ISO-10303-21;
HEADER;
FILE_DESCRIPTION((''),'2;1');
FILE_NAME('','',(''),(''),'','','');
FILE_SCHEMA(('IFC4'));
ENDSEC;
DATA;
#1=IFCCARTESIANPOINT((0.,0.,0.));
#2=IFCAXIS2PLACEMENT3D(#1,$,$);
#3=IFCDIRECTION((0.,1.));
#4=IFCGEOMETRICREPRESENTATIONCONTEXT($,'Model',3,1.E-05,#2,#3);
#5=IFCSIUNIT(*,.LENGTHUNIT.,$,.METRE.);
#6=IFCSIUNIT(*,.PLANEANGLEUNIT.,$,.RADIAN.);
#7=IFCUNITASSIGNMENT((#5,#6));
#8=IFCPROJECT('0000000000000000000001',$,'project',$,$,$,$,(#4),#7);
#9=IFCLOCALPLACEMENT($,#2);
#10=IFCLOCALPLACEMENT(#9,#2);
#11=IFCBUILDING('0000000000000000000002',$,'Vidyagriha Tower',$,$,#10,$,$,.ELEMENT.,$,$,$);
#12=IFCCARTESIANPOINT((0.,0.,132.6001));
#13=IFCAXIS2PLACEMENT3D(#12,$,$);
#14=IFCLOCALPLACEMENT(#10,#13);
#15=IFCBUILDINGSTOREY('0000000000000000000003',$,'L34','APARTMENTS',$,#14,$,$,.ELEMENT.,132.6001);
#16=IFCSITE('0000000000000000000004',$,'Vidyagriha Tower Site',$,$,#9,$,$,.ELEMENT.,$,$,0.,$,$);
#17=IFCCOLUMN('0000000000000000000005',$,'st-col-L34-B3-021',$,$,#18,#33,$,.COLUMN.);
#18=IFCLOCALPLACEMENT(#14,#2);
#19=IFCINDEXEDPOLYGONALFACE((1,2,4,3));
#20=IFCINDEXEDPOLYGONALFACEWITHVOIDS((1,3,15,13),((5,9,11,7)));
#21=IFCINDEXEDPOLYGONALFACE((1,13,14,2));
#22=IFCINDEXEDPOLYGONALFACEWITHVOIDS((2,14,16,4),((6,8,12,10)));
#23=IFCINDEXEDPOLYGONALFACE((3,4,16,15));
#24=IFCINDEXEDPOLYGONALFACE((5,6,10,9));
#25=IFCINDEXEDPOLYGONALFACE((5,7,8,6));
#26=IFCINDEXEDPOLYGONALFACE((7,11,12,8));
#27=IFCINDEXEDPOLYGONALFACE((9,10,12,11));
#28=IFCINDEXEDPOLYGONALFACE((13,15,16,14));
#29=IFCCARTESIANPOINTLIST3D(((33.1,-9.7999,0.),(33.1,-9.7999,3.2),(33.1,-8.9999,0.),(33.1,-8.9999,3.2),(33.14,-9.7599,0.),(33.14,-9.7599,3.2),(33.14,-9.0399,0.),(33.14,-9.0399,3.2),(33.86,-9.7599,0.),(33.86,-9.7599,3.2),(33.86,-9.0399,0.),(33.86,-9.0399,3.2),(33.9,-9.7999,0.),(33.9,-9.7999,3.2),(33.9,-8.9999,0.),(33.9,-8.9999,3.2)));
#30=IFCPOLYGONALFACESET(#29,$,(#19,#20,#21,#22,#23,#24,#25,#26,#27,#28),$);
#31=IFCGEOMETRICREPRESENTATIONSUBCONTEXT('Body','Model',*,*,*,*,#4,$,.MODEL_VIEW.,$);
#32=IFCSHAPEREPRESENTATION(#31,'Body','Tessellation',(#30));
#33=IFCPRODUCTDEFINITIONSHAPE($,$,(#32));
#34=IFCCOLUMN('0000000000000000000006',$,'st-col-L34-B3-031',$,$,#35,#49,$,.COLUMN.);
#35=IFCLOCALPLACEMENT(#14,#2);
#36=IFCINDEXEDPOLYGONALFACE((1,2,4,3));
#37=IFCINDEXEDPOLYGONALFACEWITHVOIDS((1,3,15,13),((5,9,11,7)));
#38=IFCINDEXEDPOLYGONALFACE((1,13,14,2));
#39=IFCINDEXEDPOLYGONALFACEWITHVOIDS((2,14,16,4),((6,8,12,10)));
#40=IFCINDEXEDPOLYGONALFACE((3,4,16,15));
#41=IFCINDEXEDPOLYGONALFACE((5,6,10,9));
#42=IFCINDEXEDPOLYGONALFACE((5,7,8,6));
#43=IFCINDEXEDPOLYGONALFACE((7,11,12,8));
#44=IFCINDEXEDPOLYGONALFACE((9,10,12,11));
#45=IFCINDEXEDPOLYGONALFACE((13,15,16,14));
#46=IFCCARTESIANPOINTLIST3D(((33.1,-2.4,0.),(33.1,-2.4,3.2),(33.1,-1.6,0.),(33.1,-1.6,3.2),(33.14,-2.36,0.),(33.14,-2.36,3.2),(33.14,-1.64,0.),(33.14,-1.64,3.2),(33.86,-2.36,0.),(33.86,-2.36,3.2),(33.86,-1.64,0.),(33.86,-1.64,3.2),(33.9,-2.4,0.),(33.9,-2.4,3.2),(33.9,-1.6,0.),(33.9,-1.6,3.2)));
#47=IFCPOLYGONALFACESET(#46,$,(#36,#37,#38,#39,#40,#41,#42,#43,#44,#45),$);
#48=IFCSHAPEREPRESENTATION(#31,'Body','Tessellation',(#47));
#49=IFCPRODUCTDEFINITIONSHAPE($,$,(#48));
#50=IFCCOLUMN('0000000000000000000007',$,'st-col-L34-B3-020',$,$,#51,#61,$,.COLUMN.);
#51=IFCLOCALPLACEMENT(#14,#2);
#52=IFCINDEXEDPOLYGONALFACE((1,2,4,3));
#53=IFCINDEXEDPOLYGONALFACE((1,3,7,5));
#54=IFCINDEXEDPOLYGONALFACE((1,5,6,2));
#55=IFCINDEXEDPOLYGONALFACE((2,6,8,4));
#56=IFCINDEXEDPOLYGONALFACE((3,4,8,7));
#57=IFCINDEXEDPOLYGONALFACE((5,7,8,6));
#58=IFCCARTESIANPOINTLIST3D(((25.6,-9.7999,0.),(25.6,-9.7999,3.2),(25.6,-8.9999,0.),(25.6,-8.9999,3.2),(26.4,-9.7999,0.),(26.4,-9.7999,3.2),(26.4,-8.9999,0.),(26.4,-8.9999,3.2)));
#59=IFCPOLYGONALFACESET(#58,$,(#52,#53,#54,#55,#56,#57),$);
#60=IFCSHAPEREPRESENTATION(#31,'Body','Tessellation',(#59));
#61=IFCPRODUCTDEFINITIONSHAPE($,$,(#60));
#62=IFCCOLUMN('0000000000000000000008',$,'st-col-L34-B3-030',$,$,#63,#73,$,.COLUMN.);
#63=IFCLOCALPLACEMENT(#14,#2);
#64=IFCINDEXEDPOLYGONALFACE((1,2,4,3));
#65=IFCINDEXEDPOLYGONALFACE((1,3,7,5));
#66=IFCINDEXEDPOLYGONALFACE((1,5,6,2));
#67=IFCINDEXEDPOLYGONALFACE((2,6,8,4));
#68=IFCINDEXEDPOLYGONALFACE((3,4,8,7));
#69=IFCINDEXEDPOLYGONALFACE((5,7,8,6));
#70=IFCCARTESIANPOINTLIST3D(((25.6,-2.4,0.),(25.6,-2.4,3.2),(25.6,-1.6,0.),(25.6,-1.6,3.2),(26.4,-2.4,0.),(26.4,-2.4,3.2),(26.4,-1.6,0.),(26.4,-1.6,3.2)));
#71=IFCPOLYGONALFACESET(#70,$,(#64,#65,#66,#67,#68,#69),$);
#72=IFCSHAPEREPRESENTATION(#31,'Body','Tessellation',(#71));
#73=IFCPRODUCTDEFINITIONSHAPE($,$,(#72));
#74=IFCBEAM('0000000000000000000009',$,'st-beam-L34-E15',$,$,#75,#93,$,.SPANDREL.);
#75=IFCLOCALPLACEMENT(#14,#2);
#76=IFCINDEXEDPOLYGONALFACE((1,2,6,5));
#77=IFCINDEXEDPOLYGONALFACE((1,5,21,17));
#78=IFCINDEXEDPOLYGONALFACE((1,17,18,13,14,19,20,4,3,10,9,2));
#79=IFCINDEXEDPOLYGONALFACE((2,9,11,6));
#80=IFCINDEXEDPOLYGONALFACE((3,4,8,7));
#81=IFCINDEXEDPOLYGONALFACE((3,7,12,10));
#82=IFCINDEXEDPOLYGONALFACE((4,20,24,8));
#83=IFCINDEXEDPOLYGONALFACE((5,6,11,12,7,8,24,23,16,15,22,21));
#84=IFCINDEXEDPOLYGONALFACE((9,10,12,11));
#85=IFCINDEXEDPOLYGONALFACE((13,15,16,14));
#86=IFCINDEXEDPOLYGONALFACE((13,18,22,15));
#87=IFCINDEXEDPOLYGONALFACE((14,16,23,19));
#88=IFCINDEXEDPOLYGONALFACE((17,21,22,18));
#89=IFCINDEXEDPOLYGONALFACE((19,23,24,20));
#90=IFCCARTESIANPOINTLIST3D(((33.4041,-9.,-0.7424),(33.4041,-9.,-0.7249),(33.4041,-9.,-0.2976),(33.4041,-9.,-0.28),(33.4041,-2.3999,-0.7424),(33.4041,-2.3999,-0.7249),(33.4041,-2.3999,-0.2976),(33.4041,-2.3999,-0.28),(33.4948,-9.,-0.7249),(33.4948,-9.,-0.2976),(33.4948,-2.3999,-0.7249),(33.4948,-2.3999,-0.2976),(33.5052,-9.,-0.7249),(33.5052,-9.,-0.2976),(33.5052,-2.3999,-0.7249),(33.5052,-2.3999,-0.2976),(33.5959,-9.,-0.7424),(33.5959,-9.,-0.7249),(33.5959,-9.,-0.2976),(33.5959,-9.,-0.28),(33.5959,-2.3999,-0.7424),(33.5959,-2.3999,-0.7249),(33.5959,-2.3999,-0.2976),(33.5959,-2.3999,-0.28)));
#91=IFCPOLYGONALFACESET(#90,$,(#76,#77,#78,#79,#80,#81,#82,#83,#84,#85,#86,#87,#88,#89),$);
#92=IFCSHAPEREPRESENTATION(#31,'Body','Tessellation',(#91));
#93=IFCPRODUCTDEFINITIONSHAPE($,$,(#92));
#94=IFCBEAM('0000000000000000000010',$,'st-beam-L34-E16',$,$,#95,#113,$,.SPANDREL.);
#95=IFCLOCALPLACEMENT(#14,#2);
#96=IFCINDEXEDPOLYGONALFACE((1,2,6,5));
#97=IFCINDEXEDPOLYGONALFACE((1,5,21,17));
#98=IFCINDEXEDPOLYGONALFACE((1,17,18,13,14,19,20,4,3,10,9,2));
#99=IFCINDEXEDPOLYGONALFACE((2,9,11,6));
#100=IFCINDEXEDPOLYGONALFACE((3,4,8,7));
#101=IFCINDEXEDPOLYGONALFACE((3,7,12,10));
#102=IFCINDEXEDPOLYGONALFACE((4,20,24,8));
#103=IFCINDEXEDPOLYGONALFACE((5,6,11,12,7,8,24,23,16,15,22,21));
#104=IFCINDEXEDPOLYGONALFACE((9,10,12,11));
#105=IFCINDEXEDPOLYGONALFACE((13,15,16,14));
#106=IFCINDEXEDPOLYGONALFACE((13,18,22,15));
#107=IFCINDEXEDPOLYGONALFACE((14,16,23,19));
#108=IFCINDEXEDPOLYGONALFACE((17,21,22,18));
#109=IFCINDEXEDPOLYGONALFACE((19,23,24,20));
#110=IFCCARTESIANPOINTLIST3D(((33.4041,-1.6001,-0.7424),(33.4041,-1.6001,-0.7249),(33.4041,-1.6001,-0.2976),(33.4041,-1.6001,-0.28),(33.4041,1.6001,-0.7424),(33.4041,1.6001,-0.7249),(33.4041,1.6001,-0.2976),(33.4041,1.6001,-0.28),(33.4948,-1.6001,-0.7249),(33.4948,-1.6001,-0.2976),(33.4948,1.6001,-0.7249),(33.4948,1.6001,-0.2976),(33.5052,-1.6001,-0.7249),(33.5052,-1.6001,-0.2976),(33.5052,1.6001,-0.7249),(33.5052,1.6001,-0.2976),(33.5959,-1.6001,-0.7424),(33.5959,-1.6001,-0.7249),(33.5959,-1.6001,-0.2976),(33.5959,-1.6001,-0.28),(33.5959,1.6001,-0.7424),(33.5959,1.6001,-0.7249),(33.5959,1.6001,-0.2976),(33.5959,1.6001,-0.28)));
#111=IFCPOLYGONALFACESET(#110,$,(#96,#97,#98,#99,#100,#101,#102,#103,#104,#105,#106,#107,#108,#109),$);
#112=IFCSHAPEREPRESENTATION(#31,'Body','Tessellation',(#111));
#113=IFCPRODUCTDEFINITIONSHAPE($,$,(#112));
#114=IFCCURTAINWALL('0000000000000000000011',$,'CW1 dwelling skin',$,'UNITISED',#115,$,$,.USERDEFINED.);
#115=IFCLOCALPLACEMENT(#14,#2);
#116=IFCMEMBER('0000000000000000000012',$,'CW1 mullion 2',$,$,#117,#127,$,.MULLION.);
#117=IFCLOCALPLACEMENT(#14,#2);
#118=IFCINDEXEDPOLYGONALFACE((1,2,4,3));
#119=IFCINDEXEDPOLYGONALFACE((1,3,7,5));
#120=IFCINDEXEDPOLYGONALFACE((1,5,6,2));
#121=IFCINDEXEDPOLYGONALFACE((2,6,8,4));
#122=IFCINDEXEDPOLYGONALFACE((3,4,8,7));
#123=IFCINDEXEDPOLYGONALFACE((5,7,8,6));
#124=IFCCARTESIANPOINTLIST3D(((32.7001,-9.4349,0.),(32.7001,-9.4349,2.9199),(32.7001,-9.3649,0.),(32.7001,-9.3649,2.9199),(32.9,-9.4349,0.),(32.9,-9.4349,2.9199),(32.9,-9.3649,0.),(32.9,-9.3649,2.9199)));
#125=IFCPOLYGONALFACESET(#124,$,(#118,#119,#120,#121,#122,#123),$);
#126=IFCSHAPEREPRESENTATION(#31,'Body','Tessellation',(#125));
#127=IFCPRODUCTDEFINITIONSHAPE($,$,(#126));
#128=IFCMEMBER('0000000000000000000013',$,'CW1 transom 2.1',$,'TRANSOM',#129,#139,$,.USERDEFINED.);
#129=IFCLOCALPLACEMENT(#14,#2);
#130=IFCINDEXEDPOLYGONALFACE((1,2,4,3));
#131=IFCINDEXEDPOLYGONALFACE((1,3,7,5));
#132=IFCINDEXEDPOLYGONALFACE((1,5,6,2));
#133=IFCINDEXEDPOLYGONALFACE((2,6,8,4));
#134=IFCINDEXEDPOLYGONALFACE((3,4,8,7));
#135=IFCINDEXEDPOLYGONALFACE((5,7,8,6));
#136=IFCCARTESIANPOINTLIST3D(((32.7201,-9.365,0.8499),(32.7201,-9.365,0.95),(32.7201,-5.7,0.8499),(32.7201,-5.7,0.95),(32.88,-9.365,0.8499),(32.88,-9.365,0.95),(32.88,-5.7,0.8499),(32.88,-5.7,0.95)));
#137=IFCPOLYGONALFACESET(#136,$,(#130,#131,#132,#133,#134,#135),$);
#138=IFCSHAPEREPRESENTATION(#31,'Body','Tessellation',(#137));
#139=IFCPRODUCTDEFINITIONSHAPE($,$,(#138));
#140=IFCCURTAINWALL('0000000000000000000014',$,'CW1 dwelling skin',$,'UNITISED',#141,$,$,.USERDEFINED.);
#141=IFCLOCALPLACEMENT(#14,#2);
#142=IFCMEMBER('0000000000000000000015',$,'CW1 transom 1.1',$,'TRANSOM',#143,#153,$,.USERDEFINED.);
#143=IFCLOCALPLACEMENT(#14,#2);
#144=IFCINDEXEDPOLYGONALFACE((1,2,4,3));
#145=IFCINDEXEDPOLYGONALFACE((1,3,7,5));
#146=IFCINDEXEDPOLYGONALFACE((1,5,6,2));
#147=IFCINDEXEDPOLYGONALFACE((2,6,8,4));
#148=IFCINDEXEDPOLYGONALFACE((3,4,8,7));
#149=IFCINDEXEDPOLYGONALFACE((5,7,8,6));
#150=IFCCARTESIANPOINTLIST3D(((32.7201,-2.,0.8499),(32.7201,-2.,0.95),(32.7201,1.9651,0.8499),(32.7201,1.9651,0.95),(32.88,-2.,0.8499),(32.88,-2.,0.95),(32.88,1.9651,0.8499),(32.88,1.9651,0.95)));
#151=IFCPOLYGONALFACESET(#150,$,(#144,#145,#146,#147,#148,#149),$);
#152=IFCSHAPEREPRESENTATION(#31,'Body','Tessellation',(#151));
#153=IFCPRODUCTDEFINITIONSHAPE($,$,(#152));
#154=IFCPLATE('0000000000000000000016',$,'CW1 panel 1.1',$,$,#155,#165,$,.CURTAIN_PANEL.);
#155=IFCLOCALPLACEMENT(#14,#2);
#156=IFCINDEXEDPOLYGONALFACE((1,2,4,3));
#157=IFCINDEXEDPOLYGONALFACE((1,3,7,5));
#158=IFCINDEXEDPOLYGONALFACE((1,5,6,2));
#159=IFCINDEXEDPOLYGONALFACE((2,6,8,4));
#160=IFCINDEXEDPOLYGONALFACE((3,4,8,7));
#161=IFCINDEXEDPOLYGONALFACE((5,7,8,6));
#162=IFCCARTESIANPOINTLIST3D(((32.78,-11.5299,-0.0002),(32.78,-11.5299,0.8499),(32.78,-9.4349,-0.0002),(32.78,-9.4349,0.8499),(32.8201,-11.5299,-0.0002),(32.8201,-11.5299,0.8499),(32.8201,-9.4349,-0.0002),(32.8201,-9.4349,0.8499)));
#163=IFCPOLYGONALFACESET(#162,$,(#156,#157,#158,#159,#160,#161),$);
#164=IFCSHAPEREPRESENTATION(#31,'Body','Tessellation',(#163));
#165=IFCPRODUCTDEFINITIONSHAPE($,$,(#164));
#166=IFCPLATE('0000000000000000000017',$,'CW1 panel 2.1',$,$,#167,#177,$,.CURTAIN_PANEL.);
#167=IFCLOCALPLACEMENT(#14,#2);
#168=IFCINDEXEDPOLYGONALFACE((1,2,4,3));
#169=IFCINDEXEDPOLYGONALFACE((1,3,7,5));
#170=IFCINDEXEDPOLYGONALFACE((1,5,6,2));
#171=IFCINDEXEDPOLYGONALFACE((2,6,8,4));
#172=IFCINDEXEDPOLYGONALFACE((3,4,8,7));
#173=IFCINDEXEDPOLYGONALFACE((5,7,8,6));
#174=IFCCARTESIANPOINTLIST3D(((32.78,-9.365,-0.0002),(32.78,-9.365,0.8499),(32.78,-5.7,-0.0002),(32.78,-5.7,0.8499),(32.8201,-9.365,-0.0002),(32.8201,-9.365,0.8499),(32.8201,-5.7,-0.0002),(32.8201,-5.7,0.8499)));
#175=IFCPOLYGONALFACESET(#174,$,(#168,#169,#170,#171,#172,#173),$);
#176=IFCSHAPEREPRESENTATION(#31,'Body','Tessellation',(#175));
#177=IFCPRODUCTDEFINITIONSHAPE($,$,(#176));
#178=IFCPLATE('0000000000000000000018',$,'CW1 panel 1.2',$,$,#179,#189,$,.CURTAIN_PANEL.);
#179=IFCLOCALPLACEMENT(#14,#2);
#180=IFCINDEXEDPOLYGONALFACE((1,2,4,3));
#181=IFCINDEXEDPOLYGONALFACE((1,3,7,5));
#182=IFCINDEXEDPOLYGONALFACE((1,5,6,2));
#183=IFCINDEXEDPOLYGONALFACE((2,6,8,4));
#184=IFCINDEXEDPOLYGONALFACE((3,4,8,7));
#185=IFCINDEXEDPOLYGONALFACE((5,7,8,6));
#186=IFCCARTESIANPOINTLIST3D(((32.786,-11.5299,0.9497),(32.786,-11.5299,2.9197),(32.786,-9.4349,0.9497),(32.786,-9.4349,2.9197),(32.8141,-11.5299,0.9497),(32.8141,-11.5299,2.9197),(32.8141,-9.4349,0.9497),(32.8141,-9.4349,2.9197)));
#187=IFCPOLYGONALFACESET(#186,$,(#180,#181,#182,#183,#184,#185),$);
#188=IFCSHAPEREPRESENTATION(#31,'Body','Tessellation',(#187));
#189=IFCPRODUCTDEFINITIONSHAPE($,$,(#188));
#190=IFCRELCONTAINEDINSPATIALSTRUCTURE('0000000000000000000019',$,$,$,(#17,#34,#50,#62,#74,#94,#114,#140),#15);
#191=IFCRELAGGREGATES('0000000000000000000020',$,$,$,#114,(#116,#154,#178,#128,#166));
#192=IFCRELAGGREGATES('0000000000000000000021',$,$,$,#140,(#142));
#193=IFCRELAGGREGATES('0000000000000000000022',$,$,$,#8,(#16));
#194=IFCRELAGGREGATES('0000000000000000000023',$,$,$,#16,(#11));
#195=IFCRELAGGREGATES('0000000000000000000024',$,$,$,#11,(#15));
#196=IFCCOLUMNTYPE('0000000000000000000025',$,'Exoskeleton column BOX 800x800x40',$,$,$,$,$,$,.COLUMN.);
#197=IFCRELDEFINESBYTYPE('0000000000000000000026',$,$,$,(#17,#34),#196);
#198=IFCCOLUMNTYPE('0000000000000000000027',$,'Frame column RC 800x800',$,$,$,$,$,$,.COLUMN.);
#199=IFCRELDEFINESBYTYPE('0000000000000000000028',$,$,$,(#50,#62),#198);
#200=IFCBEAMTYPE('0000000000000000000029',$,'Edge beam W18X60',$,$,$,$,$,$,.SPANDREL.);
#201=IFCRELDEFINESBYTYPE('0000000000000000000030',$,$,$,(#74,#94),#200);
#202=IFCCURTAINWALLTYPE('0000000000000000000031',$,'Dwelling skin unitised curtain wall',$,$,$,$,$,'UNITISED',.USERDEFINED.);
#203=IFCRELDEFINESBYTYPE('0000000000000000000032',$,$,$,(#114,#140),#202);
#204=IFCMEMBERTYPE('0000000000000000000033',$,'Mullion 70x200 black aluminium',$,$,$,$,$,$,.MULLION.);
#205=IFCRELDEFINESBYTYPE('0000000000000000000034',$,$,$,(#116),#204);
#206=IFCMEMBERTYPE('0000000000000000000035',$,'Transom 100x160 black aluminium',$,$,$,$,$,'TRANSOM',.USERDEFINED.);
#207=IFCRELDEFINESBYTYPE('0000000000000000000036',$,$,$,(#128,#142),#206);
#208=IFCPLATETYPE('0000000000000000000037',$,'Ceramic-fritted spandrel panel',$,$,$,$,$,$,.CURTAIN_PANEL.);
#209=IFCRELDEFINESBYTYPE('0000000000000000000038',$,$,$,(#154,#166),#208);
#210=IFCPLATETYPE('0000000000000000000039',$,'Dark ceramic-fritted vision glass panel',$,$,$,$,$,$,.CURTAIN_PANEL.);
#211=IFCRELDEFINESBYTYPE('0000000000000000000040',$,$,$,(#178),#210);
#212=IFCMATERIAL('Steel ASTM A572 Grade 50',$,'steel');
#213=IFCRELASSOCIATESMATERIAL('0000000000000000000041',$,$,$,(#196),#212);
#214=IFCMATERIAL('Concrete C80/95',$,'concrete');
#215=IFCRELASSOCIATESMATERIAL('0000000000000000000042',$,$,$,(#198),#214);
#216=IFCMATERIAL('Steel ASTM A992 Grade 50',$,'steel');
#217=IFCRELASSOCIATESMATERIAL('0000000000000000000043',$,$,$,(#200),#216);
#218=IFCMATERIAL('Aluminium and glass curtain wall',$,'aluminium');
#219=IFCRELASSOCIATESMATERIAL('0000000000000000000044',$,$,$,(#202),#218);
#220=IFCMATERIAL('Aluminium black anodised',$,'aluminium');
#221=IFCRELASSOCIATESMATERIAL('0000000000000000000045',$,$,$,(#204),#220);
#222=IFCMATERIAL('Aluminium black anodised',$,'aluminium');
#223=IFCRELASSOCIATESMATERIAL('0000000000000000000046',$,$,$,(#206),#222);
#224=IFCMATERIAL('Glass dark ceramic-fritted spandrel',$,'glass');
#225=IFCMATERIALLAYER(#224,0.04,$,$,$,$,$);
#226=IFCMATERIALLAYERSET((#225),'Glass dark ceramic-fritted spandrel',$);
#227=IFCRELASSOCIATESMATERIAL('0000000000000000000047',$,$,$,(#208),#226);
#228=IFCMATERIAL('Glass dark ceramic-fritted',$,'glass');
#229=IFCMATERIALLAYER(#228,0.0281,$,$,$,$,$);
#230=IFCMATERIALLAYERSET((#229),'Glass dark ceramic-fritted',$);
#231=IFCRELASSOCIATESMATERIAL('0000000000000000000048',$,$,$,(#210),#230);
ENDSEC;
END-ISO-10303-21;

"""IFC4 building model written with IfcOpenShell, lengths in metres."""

from ifc_helpers import new_model, si_unit, direction, frame, origin, origin_2d, place, context, subcontext, project, spatial, rectangle, hollow_rectangle, i_section, extrude, material, layer, layer_set, material_profile, profile_set, type_object, element, aggregate, save


model = new_model("IFC4")

# Units and contexts
model_context = context("Model", 3, precision=1e-05, world=origin(), true_north=direction((0.0, 1.0)))
body_context = subcontext(model_context, "Body", "Model", "MODEL_VIEW")
ifc_project = project(units=[si_unit("LENGTHUNIT", "METRE"), si_unit("PLANEANGLEUNIT", "RADIAN")], contexts=[model_context])

# Site, building, storey
site_placement = place(None, origin())
site = spatial("IfcSite", under=ifc_project, at=site_placement, Name="Vidyagriha Tower Site", CompositionType="ELEMENT", RefElevation=0.0)
building_placement = place(site_placement, origin())
building = spatial("IfcBuilding", under=site, at=building_placement, Name="Vidyagriha Tower", CompositionType="ELEMENT")
storey_placement = place(building_placement, frame((0.0, 0.0, 132.6001)))
storey = spatial("IfcBuildingStorey", under=building, at=storey_placement, Name="L34", Description="APARTMENTS", CompositionType="ELEMENT", Elevation=132.6001)

# Columns
ifc_material_1 = material(Name="Steel ASTM A572 Grade 50", Category="steel")
ifc_material_profile_1 = material_profile(ifc_material_1, hollow_rectangle(XDim=0.8, YDim=0.8, WallThickness=0.04, at=origin_2d()), Name="BOX 800x800x40")
ifc_profile_set_1 = profile_set([ifc_material_profile_1], Name="Steel ASTM A572 Grade 50")
column_type_1 = type_object("IfcColumnType", Name="Exoskeleton column BOX 800x800x40", PredefinedType="COLUMN", material=ifc_profile_set_1)
for number, where, name in (
    (1, (33.5, -9.3999, 0.0), "st-col-L34-B3-021"),
    (2, (33.5, -2.0, 0.0), "st-col-L34-B3-031"),
):
    element("IfcColumn", number, at=place(storey_placement, frame(where)), inside=storey, type_object=column_type_1, Name=name, PredefinedType="COLUMN", context=body_context, shape_type="SweptSolid", body=[
        extrude(hollow_rectangle(XDim=0.8, YDim=0.8, WallThickness=0.04, at=origin_2d()), origin(), (0.0, 0.0, 1.0), 3.2),
    ])
ifc_material_2 = material(Name="Concrete C80/95", Category="concrete")
ifc_material_profile_2 = material_profile(ifc_material_2, rectangle(XDim=0.8, YDim=0.8, at=origin_2d()), Name="RC 800x800")
ifc_profile_set_2 = profile_set([ifc_material_profile_2], Name="Concrete C80/95")
column_type_2 = type_object("IfcColumnType", Name="Frame column RC 800x800", PredefinedType="COLUMN", material=ifc_profile_set_2)
for number, where, name in (
    (3, (26.0, -9.3999, 0.0), "st-col-L34-B3-020"),
    (4, (26.0, -2.0, 0.0), "st-col-L34-B3-030"),
):
    element("IfcColumn", number, at=place(storey_placement, frame(where)), inside=storey, type_object=column_type_2, Name=name, PredefinedType="COLUMN", context=body_context, shape_type="SweptSolid", body=[
        extrude(rectangle(XDim=0.8, YDim=0.8, at=origin_2d()), origin(), (0.0, 0.0, 1.0), 3.2),
    ])

# Beams
ifc_material_3 = material(Name="Steel ASTM A992 Grade 50", Category="steel")
ifc_material_profile_3 = material_profile(ifc_material_3, i_section(OverallWidth=0.1919, OverallDepth=0.4624, WebThickness=0.0105, FlangeThickness=0.0176, at=origin_2d()), Name="W18X60")
ifc_profile_set_3 = profile_set([ifc_material_profile_3], Name="Steel ASTM A992 Grade 50")
beam_type = type_object("IfcBeamType", Name="Edge beam W18X60", PredefinedType="SPANDREL", material=ifc_profile_set_3)
beam_1_placement = place(storey_placement, frame((33.5, -9.0, -0.5112), z_axis=(0.0, 1.0, 0.0), x_axis=(-1.0, 0.0, 0.0)))
element("IfcBeam", 5, at=beam_1_placement, inside=storey, type_object=beam_type, Name="st-beam-L34-E15", PredefinedType="SPANDREL", context=body_context, shape_type="SweptSolid", body=[
    extrude(i_section(OverallWidth=0.1919, OverallDepth=0.4624, WebThickness=0.0105, FlangeThickness=0.0176, at=origin_2d()), origin(), (0.0, 0.0, 1.0), 6.6001),
])
beam_2_placement = place(storey_placement, frame((33.5, -1.6001, -0.5112), z_axis=(0.0, 1.0, 0.0), x_axis=(-1.0, 0.0, 0.0)))
element("IfcBeam", 6, at=beam_2_placement, inside=storey, type_object=beam_type, Name="st-beam-L34-E16", PredefinedType="SPANDREL", context=body_context, shape_type="SweptSolid", body=[
    extrude(i_section(OverallWidth=0.1919, OverallDepth=0.4624, WebThickness=0.0105, FlangeThickness=0.0176, at=origin_2d()), origin(), (0.0, 0.0, 1.0), 3.2002),
])

# Curtain wall, members
ifc_material_4 = material(Name="Aluminium and glass curtain wall", Category="aluminium")
curtain_wall_type = type_object("IfcCurtainWallType", Name="Dwelling skin unitised curtain wall", ElementType="UNITISED", PredefinedType="USERDEFINED", material=ifc_material_4)
curtain_wall_1_placement = place(storey_placement, origin())
curtain_wall_1 = element("IfcCurtainWall", 7, at=curtain_wall_1_placement, inside=storey, type_object=curtain_wall_type, Name="CW1 dwelling skin", ObjectType="UNITISED", PredefinedType="USERDEFINED")
ifc_material_5 = material(Name="Aluminium black anodised", Category="aluminium")
ifc_material_profile_4 = material_profile(ifc_material_5, rectangle(XDim=0.2, YDim=0.0701, at=origin_2d()), Name="Mullion 70x200 black aluminium")
ifc_profile_set_4 = profile_set([ifc_material_profile_4], Name="Aluminium black anodised")
member_type_1 = type_object("IfcMemberType", Name="Mullion 70x200 black aluminium", PredefinedType="MULLION", material=ifc_profile_set_4)
member_1_placement = place(storey_placement, frame((32.8, -9.3999, 0.0), z_axis=(0.0, 0.0, 1.0), x_axis=(-1.0, 0.0, 0.0)))
member_1 = element("IfcMember", 8, at=member_1_placement, type_object=member_type_1, Name="CW1 mullion 2", PredefinedType="MULLION", context=body_context, shape_type="SweptSolid", body=[
    extrude(rectangle(XDim=0.2, YDim=0.0701, at=origin_2d()), origin(), (0.0, 0.0, 1.0), 2.9199),
])
ifc_material_6 = material(Name="Aluminium black anodised", Category="aluminium")
ifc_material_profile_5 = material_profile(ifc_material_6, rectangle(XDim=0.1599, YDim=0.1001, at=origin_2d()), Name="Transom 100x160 black aluminium")
ifc_profile_set_5 = profile_set([ifc_material_profile_5], Name="Aluminium black anodised")
member_type_2 = type_object("IfcMemberType", Name="Transom 100x160 black aluminium", ElementType="TRANSOM", PredefinedType="USERDEFINED", material=ifc_profile_set_5)
member_2_placement = place(storey_placement, frame((32.8, -9.365, 0.8999), z_axis=(0.0, 1.0, 0.0), x_axis=(-1.0, 0.0, 0.0)))
member_2 = element("IfcMember", 9, at=member_2_placement, type_object=member_type_2, Name="CW1 transom 2.1", ObjectType="TRANSOM", PredefinedType="USERDEFINED", context=body_context, shape_type="SweptSolid", body=[
    extrude(rectangle(XDim=0.1599, YDim=0.1001, at=origin_2d()), origin(), (0.0, 0.0, 1.0), 3.665),
])

# Curtain wall, member
curtain_wall_2_placement = place(storey_placement, origin())
curtain_wall_2 = element("IfcCurtainWall", 10, at=curtain_wall_2_placement, inside=storey, type_object=curtain_wall_type, Name="CW1 dwelling skin", ObjectType="UNITISED", PredefinedType="USERDEFINED")
member_3_placement = place(storey_placement, frame((32.8, -2.0, 0.8999), z_axis=(0.0, 1.0, 0.0), x_axis=(-1.0, 0.0, 0.0)))
member_3 = element("IfcMember", 11, at=member_3_placement, type_object=member_type_2, Name="CW1 transom 1.1", ObjectType="TRANSOM", PredefinedType="USERDEFINED", context=body_context, shape_type="SweptSolid", body=[
    extrude(rectangle(XDim=0.1599, YDim=0.1001, at=origin_2d()), origin(), (0.0, 0.0, 1.0), 3.9651),
])

# Plates
ifc_material_7 = material(Name="Glass dark ceramic-fritted spandrel", Category="glass")
ifc_layer_1 = layer(ifc_material_7, 0.04)
ifc_layer_set_1 = layer_set([ifc_layer_1], Name="Glass dark ceramic-fritted spandrel")
plate_type_1 = type_object("IfcPlateType", Name="Ceramic-fritted spandrel panel", PredefinedType="CURTAIN_PANEL", material=ifc_layer_set_1)
plate_1_placement = place(storey_placement, frame((32.8, -10.4824, -0.0002), z_axis=(0.0, 0.0, 1.0), x_axis=(0.0, 1.0, 0.0)))
plate_1 = element("IfcPlate", 12, at=plate_1_placement, type_object=plate_type_1, Name="CW1 panel 1.1", PredefinedType="CURTAIN_PANEL", context=body_context, shape_type="SweptSolid", body=[
    extrude(rectangle(XDim=2.095, YDim=0.04, at=origin_2d()), origin(), (0.0, 0.0, 1.0), 0.8501),
])
plate_2_placement = place(storey_placement, frame((32.8, -7.5325, -0.0002), z_axis=(0.0, 0.0, 1.0), x_axis=(0.0, 1.0, 0.0)))
plate_2 = element("IfcPlate", 13, at=plate_2_placement, type_object=plate_type_1, Name="CW1 panel 2.1", PredefinedType="CURTAIN_PANEL", context=body_context, shape_type="SweptSolid", body=[
    extrude(rectangle(XDim=3.665, YDim=0.04, at=origin_2d()), origin(), (0.0, 0.0, 1.0), 0.8501),
])
ifc_material_8 = material(Name="Glass dark ceramic-fritted", Category="glass")
ifc_layer_2 = layer(ifc_material_8, 0.0281)
ifc_layer_set_2 = layer_set([ifc_layer_2], Name="Glass dark ceramic-fritted")
plate_type_2 = type_object("IfcPlateType", Name="Dark ceramic-fritted vision glass panel", PredefinedType="CURTAIN_PANEL", material=ifc_layer_set_2)
plate_3_placement = place(storey_placement, frame((32.8, -10.4824, 0.9497), z_axis=(0.0, 0.0, 1.0), x_axis=(0.0, 1.0, 0.0)))
plate_3 = element("IfcPlate", 14, at=plate_3_placement, type_object=plate_type_2, Name="CW1 panel 1.2", PredefinedType="CURTAIN_PANEL", context=body_context, shape_type="SweptSolid", body=[
    extrude(rectangle(XDim=2.095, YDim=0.0281, at=origin_2d()), origin(), (0.0, 0.0, 1.0), 1.97),
])
aggregate(curtain_wall_1, [member_1, plate_1, plate_3, member_2, plate_2])
aggregate(curtain_wall_2, [member_3])

save(model, "model.ifc")
